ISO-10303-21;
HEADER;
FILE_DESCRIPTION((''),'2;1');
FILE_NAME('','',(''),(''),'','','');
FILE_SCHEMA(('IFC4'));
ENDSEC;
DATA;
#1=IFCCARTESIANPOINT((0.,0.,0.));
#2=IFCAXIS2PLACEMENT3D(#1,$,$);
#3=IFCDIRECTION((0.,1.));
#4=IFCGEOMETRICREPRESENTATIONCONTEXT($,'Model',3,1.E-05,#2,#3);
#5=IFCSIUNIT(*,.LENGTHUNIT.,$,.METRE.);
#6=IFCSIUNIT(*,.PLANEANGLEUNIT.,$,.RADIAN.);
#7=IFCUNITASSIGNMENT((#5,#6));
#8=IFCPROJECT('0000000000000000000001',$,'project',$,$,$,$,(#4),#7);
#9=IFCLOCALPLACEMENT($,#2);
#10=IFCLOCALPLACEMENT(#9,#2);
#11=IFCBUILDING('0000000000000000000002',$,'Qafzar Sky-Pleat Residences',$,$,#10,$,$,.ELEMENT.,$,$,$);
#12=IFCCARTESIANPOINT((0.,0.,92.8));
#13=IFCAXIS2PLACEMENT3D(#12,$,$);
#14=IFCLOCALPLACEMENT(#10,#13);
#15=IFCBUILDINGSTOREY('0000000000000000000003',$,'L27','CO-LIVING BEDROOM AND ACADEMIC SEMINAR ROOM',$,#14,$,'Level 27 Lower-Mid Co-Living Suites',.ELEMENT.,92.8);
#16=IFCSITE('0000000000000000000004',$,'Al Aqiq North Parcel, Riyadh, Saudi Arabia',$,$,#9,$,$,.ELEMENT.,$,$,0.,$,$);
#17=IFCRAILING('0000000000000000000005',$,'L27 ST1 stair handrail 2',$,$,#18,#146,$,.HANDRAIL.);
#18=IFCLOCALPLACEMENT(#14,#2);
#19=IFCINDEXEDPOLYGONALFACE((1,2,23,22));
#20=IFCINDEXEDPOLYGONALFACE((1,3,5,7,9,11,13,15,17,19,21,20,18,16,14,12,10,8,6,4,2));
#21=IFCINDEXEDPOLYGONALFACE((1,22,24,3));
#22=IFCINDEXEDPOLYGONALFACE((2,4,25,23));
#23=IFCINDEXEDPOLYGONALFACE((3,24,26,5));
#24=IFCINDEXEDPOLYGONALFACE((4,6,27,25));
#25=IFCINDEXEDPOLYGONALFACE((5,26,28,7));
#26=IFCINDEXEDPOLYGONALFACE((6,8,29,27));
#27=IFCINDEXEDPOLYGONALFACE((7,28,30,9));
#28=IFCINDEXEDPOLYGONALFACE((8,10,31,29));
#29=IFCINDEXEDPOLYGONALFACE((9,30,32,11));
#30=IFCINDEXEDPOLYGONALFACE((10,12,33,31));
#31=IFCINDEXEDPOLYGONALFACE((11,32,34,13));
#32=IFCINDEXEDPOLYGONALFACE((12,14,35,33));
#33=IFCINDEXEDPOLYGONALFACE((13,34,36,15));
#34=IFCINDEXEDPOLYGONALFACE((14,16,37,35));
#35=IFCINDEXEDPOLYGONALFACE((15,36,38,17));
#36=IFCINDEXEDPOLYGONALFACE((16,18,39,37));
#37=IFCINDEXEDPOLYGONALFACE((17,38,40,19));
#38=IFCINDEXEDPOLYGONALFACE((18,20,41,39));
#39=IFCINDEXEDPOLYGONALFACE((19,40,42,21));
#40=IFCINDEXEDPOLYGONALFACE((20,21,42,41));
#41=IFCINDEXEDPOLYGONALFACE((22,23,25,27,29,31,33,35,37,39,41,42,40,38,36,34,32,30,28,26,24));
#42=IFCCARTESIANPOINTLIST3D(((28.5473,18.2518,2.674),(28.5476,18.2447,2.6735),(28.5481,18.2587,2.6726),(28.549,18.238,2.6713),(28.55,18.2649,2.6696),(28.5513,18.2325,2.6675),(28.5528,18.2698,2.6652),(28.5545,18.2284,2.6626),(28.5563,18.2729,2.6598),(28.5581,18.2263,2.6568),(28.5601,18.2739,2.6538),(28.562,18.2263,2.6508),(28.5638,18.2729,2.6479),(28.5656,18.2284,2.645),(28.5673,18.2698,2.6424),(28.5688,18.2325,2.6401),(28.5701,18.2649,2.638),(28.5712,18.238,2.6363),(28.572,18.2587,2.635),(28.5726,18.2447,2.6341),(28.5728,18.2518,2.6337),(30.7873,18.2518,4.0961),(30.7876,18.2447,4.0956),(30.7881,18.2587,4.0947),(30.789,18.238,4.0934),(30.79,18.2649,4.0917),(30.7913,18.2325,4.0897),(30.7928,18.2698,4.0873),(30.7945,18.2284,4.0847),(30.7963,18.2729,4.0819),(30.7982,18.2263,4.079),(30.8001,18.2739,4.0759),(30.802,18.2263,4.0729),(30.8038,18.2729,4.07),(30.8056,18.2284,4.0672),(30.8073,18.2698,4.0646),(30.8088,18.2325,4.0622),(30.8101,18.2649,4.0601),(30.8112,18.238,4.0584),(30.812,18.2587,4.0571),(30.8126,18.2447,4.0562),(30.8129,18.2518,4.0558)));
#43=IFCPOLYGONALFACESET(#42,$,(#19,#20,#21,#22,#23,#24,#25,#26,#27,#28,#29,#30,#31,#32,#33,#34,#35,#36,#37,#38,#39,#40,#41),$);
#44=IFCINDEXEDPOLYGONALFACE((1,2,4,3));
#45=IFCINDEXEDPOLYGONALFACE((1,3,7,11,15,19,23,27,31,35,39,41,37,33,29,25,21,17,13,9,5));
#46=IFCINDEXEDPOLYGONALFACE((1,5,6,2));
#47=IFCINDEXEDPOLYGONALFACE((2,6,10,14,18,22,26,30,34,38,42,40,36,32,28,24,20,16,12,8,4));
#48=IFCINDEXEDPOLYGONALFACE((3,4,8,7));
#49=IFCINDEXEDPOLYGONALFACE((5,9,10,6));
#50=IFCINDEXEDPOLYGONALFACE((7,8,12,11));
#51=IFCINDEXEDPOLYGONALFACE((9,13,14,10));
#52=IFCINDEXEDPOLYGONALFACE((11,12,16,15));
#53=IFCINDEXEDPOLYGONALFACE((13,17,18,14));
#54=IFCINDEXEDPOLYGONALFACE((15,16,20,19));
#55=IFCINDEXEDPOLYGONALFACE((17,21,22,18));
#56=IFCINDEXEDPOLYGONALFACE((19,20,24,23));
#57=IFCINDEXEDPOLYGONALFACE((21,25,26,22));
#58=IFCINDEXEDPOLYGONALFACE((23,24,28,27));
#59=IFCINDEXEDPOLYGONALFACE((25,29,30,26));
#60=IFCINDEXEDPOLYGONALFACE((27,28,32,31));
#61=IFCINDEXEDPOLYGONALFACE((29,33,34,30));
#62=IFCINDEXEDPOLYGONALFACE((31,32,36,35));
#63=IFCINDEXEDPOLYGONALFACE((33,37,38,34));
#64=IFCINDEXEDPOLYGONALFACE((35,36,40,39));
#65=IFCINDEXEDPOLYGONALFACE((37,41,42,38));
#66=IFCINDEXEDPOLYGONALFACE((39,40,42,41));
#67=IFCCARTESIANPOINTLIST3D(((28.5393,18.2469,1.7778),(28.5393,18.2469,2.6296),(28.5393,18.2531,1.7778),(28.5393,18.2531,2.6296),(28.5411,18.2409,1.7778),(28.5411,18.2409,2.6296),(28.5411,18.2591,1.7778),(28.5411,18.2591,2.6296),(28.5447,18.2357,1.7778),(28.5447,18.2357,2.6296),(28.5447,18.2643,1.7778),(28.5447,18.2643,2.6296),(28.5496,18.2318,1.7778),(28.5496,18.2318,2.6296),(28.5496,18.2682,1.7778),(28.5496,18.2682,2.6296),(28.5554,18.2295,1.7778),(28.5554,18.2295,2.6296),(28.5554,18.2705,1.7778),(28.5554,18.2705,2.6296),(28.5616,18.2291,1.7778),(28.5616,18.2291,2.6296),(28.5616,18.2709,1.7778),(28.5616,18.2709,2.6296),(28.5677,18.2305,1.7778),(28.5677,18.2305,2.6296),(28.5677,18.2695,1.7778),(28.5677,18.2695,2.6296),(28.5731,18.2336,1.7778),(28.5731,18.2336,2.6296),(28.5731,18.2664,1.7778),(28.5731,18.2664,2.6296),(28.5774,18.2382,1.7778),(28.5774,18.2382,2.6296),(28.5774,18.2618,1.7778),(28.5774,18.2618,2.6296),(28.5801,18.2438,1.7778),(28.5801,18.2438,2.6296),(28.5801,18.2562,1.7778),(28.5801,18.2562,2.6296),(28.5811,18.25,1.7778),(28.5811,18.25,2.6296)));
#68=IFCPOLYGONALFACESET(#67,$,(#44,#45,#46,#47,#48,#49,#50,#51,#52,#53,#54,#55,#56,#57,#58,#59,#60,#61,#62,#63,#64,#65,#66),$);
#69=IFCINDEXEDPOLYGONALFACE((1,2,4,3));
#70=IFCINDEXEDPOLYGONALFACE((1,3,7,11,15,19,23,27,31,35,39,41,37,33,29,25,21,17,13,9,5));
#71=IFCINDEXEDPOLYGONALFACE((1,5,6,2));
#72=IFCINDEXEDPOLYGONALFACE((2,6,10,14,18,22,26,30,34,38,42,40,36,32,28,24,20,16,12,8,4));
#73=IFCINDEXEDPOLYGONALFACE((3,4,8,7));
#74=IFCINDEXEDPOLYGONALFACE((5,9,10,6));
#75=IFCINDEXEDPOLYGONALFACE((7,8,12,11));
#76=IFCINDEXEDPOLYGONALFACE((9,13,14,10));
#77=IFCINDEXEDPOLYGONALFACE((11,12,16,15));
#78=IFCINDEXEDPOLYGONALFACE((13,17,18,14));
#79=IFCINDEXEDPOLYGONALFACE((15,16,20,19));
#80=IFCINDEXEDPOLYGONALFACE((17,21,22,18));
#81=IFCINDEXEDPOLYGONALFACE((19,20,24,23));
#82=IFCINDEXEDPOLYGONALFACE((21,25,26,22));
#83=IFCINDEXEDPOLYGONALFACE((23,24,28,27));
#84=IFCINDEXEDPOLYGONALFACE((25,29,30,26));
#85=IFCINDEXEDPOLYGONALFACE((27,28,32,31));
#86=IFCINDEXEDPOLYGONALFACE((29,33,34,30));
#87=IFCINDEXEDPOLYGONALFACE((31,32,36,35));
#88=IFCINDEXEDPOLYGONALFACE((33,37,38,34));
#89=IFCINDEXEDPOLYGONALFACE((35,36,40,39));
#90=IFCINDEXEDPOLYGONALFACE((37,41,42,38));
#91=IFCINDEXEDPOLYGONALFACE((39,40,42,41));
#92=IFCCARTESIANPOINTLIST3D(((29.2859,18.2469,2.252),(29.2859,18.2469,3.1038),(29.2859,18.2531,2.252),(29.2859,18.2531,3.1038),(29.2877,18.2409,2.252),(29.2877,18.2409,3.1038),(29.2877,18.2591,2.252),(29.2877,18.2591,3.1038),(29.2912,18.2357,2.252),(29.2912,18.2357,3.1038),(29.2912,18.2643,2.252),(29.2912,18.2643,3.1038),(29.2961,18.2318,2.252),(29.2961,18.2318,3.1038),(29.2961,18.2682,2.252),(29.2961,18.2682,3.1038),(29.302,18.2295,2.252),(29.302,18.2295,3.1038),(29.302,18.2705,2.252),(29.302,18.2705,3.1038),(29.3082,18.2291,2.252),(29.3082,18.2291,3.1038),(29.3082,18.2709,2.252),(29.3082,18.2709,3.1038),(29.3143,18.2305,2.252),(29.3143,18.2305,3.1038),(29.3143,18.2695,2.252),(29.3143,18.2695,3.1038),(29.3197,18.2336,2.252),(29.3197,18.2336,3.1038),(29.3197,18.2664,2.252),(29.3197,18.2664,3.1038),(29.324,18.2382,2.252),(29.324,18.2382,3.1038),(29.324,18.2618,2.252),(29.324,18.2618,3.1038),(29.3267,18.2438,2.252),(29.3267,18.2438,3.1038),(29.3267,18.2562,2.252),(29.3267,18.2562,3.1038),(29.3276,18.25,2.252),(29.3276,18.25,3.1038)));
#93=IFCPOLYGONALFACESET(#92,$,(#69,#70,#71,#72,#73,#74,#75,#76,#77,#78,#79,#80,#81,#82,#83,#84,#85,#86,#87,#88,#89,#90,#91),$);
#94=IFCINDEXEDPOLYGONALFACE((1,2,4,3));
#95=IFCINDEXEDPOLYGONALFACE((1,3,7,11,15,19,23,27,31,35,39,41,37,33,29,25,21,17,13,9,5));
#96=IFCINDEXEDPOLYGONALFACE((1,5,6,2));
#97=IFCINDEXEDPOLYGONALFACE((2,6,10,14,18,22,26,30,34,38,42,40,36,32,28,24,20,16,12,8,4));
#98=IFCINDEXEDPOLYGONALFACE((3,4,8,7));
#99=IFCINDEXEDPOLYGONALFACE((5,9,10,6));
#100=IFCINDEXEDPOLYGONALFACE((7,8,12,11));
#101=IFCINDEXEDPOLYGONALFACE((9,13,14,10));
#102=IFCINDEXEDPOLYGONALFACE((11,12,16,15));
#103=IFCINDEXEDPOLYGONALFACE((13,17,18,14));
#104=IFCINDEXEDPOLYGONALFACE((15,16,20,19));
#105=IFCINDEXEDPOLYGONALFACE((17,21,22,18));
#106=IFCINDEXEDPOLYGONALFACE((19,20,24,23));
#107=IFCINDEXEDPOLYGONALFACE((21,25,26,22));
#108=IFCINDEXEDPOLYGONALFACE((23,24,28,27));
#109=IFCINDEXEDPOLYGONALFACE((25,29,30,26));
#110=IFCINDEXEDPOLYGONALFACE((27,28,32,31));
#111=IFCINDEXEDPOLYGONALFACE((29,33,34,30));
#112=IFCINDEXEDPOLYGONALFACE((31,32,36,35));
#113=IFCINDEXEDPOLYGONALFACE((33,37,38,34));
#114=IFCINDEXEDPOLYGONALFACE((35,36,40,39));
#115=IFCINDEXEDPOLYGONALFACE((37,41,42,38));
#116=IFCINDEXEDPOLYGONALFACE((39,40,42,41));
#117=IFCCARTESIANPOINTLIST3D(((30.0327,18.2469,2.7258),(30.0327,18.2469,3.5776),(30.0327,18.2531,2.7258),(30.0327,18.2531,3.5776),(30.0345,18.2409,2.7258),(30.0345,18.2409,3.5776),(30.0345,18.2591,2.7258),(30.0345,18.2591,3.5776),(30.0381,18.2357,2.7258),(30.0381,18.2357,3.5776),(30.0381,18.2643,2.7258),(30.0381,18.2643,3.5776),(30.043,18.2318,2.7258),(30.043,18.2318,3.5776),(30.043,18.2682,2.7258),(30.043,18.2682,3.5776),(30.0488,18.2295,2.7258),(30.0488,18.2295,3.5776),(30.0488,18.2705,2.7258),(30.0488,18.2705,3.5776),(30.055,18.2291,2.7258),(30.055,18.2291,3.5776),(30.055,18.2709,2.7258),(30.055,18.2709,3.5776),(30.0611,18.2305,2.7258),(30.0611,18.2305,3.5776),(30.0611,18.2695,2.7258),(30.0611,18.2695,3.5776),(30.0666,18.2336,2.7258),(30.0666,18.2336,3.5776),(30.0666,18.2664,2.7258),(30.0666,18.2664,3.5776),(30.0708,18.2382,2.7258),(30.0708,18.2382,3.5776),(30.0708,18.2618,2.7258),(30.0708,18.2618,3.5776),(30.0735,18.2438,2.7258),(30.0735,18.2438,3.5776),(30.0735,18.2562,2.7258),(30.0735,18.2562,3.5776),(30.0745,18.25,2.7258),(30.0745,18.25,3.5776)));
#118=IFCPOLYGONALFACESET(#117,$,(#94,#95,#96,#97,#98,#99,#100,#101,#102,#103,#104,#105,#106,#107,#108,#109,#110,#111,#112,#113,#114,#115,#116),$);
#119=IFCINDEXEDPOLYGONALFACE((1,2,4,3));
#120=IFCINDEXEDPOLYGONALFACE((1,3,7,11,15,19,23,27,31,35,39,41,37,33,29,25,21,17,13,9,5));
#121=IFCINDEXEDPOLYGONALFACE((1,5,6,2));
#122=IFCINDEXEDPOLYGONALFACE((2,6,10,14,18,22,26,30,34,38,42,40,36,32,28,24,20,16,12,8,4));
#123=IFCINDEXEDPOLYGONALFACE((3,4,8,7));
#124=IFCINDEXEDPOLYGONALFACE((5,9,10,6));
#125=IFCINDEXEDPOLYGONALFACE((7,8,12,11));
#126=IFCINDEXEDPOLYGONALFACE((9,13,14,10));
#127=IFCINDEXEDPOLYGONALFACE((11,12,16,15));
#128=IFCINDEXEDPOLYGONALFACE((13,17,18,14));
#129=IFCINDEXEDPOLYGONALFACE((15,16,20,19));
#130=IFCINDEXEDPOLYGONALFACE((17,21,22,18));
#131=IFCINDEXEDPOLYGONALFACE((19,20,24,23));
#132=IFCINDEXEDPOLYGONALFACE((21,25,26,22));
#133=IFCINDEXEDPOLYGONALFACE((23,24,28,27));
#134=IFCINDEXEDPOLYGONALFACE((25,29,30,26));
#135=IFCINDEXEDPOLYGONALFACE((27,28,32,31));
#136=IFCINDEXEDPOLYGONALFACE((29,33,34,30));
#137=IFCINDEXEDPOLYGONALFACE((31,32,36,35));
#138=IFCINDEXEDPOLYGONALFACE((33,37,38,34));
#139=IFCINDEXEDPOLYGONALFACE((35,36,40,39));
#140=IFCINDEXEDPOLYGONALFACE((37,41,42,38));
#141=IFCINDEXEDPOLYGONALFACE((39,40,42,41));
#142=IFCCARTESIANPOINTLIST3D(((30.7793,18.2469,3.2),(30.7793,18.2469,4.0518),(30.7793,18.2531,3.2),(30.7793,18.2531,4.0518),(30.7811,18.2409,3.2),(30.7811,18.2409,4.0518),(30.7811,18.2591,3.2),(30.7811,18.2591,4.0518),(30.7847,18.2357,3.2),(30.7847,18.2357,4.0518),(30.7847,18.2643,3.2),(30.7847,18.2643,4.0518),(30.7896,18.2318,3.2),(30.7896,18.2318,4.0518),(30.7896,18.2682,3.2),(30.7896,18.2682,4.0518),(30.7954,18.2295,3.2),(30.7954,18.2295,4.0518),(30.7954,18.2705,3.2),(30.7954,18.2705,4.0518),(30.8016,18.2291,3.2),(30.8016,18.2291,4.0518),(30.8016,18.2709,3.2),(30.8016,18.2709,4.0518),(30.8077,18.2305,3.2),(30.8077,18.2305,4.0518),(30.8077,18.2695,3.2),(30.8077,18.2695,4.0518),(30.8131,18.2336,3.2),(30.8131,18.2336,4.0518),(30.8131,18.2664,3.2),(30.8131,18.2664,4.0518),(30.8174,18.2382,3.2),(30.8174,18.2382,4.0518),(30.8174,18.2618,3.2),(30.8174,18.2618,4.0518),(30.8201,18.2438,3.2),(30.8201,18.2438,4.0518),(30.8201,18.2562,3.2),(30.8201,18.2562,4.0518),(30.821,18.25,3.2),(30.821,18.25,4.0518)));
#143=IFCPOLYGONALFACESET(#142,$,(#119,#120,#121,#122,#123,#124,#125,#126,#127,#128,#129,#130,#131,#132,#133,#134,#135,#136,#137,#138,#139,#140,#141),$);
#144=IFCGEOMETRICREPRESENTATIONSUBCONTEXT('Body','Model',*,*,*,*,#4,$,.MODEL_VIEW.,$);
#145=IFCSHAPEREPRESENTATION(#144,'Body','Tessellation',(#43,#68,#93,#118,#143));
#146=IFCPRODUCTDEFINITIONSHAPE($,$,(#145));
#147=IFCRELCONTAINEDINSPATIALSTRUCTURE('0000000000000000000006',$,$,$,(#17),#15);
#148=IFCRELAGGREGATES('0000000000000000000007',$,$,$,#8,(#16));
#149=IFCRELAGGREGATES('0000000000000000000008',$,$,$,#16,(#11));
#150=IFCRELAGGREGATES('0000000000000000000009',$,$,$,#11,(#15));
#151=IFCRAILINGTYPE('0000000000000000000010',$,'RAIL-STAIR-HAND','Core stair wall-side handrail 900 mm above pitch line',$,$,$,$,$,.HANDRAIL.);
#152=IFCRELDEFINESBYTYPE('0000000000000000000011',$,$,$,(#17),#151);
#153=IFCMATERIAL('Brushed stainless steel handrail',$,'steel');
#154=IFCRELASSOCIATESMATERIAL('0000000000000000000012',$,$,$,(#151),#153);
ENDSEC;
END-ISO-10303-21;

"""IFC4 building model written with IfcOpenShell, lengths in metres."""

from ifc_helpers import new_model, si_unit, direction, frame, origin, origin_2d, place, context, subcontext, project, spatial, circle, extrude, source, transform, mapped, material, type_object, element, save


model = new_model("IFC4")

# Units and contexts
model_context = context("Model", 3, precision=1e-05, world=origin(), true_north=direction((0.0, 1.0)))
body_context = subcontext(model_context, "Body", "Model", "MODEL_VIEW")
ifc_project = project(units=[si_unit("LENGTHUNIT", "METRE"), si_unit("PLANEANGLEUNIT", "RADIAN")], contexts=[model_context])

# Site, building, storey
site_placement = place(None, origin())
site = spatial("IfcSite", under=ifc_project, at=site_placement, Name="Al Aqiq North Parcel, Riyadh, Saudi Arabia", CompositionType="ELEMENT", RefElevation=0.0)
building_placement = place(site_placement, origin())
building = spatial("IfcBuilding", under=site, at=building_placement, Name="Qafzar Sky-Pleat Residences", CompositionType="ELEMENT")
storey_placement = place(building_placement, frame((0.0, 0.0, 92.8)))
storey = spatial("IfcBuildingStorey", under=building, at=storey_placement, Name="L27", Description="CO-LIVING BEDROOM AND ACADEMIC SEMINAR ROOM", LongName="Level 27 Lower-Mid Co-Living Suites", CompositionType="ELEMENT", Elevation=92.8)

# Railing
ifc_material_1 = material(Name="Brushed stainless steel handrail", Category="steel")
railing_type_1 = type_object("IfcRailingType", Name="RAIL-STAIR-HAND", Description="Core stair wall-side handrail 900 mm above pitch line", PredefinedType="HANDRAIL", material=ifc_material_1)
shared_shape_1 = source(origin(), body_context, "Body", "SweptSolid", [
    extrude(circle(Radius=0.0239, at=origin_2d()), frame((0.0, 0.0, 0.876), z_axis=(0.844229, 0.0, 0.535982), x_axis=(0.0, 1.0, 0.0)), (0.0, 0.0, 1.0), 2.6533),
    extrude(circle(Radius=0.021, at=origin_2d()), origin(), (0.0, 0.0, 1.0), 0.8518),
    extrude(circle(Radius=0.021, at=origin_2d()), frame((0.7466, 0.0, 0.4741)), (0.0, 0.0, 1.0), 0.8518),
    extrude(circle(Radius=0.021, at=origin_2d()), frame((1.4934, 0.0, 0.948)), (0.0, 0.0, 1.0), 0.8518),
    extrude(circle(Radius=0.021, at=origin_2d()), frame((2.24, 0.0, 1.4221)), (0.0, 0.0, 1.0), 0.8518),
])
railing_1_placement = place(storey_placement, frame((28.5601, 18.25, 1.7778)))
element("IfcRailing", 1, at=railing_1_placement, inside=storey, type_object=railing_type_1, Name="L27 ST1 stair handrail 2", PredefinedType="HANDRAIL", context=body_context, shape_type="MappedRepresentation", body=[
    mapped(shared_shape_1, transform((0.0, 0.0, 0.0), x_axis=(1.0, 0.0, 0.0), y_axis=(0.0, 1.0, 0.0), z_axis=(0.0, 0.0, 1.0), scale=1.0)),
])

save(model, "model.ifc")
